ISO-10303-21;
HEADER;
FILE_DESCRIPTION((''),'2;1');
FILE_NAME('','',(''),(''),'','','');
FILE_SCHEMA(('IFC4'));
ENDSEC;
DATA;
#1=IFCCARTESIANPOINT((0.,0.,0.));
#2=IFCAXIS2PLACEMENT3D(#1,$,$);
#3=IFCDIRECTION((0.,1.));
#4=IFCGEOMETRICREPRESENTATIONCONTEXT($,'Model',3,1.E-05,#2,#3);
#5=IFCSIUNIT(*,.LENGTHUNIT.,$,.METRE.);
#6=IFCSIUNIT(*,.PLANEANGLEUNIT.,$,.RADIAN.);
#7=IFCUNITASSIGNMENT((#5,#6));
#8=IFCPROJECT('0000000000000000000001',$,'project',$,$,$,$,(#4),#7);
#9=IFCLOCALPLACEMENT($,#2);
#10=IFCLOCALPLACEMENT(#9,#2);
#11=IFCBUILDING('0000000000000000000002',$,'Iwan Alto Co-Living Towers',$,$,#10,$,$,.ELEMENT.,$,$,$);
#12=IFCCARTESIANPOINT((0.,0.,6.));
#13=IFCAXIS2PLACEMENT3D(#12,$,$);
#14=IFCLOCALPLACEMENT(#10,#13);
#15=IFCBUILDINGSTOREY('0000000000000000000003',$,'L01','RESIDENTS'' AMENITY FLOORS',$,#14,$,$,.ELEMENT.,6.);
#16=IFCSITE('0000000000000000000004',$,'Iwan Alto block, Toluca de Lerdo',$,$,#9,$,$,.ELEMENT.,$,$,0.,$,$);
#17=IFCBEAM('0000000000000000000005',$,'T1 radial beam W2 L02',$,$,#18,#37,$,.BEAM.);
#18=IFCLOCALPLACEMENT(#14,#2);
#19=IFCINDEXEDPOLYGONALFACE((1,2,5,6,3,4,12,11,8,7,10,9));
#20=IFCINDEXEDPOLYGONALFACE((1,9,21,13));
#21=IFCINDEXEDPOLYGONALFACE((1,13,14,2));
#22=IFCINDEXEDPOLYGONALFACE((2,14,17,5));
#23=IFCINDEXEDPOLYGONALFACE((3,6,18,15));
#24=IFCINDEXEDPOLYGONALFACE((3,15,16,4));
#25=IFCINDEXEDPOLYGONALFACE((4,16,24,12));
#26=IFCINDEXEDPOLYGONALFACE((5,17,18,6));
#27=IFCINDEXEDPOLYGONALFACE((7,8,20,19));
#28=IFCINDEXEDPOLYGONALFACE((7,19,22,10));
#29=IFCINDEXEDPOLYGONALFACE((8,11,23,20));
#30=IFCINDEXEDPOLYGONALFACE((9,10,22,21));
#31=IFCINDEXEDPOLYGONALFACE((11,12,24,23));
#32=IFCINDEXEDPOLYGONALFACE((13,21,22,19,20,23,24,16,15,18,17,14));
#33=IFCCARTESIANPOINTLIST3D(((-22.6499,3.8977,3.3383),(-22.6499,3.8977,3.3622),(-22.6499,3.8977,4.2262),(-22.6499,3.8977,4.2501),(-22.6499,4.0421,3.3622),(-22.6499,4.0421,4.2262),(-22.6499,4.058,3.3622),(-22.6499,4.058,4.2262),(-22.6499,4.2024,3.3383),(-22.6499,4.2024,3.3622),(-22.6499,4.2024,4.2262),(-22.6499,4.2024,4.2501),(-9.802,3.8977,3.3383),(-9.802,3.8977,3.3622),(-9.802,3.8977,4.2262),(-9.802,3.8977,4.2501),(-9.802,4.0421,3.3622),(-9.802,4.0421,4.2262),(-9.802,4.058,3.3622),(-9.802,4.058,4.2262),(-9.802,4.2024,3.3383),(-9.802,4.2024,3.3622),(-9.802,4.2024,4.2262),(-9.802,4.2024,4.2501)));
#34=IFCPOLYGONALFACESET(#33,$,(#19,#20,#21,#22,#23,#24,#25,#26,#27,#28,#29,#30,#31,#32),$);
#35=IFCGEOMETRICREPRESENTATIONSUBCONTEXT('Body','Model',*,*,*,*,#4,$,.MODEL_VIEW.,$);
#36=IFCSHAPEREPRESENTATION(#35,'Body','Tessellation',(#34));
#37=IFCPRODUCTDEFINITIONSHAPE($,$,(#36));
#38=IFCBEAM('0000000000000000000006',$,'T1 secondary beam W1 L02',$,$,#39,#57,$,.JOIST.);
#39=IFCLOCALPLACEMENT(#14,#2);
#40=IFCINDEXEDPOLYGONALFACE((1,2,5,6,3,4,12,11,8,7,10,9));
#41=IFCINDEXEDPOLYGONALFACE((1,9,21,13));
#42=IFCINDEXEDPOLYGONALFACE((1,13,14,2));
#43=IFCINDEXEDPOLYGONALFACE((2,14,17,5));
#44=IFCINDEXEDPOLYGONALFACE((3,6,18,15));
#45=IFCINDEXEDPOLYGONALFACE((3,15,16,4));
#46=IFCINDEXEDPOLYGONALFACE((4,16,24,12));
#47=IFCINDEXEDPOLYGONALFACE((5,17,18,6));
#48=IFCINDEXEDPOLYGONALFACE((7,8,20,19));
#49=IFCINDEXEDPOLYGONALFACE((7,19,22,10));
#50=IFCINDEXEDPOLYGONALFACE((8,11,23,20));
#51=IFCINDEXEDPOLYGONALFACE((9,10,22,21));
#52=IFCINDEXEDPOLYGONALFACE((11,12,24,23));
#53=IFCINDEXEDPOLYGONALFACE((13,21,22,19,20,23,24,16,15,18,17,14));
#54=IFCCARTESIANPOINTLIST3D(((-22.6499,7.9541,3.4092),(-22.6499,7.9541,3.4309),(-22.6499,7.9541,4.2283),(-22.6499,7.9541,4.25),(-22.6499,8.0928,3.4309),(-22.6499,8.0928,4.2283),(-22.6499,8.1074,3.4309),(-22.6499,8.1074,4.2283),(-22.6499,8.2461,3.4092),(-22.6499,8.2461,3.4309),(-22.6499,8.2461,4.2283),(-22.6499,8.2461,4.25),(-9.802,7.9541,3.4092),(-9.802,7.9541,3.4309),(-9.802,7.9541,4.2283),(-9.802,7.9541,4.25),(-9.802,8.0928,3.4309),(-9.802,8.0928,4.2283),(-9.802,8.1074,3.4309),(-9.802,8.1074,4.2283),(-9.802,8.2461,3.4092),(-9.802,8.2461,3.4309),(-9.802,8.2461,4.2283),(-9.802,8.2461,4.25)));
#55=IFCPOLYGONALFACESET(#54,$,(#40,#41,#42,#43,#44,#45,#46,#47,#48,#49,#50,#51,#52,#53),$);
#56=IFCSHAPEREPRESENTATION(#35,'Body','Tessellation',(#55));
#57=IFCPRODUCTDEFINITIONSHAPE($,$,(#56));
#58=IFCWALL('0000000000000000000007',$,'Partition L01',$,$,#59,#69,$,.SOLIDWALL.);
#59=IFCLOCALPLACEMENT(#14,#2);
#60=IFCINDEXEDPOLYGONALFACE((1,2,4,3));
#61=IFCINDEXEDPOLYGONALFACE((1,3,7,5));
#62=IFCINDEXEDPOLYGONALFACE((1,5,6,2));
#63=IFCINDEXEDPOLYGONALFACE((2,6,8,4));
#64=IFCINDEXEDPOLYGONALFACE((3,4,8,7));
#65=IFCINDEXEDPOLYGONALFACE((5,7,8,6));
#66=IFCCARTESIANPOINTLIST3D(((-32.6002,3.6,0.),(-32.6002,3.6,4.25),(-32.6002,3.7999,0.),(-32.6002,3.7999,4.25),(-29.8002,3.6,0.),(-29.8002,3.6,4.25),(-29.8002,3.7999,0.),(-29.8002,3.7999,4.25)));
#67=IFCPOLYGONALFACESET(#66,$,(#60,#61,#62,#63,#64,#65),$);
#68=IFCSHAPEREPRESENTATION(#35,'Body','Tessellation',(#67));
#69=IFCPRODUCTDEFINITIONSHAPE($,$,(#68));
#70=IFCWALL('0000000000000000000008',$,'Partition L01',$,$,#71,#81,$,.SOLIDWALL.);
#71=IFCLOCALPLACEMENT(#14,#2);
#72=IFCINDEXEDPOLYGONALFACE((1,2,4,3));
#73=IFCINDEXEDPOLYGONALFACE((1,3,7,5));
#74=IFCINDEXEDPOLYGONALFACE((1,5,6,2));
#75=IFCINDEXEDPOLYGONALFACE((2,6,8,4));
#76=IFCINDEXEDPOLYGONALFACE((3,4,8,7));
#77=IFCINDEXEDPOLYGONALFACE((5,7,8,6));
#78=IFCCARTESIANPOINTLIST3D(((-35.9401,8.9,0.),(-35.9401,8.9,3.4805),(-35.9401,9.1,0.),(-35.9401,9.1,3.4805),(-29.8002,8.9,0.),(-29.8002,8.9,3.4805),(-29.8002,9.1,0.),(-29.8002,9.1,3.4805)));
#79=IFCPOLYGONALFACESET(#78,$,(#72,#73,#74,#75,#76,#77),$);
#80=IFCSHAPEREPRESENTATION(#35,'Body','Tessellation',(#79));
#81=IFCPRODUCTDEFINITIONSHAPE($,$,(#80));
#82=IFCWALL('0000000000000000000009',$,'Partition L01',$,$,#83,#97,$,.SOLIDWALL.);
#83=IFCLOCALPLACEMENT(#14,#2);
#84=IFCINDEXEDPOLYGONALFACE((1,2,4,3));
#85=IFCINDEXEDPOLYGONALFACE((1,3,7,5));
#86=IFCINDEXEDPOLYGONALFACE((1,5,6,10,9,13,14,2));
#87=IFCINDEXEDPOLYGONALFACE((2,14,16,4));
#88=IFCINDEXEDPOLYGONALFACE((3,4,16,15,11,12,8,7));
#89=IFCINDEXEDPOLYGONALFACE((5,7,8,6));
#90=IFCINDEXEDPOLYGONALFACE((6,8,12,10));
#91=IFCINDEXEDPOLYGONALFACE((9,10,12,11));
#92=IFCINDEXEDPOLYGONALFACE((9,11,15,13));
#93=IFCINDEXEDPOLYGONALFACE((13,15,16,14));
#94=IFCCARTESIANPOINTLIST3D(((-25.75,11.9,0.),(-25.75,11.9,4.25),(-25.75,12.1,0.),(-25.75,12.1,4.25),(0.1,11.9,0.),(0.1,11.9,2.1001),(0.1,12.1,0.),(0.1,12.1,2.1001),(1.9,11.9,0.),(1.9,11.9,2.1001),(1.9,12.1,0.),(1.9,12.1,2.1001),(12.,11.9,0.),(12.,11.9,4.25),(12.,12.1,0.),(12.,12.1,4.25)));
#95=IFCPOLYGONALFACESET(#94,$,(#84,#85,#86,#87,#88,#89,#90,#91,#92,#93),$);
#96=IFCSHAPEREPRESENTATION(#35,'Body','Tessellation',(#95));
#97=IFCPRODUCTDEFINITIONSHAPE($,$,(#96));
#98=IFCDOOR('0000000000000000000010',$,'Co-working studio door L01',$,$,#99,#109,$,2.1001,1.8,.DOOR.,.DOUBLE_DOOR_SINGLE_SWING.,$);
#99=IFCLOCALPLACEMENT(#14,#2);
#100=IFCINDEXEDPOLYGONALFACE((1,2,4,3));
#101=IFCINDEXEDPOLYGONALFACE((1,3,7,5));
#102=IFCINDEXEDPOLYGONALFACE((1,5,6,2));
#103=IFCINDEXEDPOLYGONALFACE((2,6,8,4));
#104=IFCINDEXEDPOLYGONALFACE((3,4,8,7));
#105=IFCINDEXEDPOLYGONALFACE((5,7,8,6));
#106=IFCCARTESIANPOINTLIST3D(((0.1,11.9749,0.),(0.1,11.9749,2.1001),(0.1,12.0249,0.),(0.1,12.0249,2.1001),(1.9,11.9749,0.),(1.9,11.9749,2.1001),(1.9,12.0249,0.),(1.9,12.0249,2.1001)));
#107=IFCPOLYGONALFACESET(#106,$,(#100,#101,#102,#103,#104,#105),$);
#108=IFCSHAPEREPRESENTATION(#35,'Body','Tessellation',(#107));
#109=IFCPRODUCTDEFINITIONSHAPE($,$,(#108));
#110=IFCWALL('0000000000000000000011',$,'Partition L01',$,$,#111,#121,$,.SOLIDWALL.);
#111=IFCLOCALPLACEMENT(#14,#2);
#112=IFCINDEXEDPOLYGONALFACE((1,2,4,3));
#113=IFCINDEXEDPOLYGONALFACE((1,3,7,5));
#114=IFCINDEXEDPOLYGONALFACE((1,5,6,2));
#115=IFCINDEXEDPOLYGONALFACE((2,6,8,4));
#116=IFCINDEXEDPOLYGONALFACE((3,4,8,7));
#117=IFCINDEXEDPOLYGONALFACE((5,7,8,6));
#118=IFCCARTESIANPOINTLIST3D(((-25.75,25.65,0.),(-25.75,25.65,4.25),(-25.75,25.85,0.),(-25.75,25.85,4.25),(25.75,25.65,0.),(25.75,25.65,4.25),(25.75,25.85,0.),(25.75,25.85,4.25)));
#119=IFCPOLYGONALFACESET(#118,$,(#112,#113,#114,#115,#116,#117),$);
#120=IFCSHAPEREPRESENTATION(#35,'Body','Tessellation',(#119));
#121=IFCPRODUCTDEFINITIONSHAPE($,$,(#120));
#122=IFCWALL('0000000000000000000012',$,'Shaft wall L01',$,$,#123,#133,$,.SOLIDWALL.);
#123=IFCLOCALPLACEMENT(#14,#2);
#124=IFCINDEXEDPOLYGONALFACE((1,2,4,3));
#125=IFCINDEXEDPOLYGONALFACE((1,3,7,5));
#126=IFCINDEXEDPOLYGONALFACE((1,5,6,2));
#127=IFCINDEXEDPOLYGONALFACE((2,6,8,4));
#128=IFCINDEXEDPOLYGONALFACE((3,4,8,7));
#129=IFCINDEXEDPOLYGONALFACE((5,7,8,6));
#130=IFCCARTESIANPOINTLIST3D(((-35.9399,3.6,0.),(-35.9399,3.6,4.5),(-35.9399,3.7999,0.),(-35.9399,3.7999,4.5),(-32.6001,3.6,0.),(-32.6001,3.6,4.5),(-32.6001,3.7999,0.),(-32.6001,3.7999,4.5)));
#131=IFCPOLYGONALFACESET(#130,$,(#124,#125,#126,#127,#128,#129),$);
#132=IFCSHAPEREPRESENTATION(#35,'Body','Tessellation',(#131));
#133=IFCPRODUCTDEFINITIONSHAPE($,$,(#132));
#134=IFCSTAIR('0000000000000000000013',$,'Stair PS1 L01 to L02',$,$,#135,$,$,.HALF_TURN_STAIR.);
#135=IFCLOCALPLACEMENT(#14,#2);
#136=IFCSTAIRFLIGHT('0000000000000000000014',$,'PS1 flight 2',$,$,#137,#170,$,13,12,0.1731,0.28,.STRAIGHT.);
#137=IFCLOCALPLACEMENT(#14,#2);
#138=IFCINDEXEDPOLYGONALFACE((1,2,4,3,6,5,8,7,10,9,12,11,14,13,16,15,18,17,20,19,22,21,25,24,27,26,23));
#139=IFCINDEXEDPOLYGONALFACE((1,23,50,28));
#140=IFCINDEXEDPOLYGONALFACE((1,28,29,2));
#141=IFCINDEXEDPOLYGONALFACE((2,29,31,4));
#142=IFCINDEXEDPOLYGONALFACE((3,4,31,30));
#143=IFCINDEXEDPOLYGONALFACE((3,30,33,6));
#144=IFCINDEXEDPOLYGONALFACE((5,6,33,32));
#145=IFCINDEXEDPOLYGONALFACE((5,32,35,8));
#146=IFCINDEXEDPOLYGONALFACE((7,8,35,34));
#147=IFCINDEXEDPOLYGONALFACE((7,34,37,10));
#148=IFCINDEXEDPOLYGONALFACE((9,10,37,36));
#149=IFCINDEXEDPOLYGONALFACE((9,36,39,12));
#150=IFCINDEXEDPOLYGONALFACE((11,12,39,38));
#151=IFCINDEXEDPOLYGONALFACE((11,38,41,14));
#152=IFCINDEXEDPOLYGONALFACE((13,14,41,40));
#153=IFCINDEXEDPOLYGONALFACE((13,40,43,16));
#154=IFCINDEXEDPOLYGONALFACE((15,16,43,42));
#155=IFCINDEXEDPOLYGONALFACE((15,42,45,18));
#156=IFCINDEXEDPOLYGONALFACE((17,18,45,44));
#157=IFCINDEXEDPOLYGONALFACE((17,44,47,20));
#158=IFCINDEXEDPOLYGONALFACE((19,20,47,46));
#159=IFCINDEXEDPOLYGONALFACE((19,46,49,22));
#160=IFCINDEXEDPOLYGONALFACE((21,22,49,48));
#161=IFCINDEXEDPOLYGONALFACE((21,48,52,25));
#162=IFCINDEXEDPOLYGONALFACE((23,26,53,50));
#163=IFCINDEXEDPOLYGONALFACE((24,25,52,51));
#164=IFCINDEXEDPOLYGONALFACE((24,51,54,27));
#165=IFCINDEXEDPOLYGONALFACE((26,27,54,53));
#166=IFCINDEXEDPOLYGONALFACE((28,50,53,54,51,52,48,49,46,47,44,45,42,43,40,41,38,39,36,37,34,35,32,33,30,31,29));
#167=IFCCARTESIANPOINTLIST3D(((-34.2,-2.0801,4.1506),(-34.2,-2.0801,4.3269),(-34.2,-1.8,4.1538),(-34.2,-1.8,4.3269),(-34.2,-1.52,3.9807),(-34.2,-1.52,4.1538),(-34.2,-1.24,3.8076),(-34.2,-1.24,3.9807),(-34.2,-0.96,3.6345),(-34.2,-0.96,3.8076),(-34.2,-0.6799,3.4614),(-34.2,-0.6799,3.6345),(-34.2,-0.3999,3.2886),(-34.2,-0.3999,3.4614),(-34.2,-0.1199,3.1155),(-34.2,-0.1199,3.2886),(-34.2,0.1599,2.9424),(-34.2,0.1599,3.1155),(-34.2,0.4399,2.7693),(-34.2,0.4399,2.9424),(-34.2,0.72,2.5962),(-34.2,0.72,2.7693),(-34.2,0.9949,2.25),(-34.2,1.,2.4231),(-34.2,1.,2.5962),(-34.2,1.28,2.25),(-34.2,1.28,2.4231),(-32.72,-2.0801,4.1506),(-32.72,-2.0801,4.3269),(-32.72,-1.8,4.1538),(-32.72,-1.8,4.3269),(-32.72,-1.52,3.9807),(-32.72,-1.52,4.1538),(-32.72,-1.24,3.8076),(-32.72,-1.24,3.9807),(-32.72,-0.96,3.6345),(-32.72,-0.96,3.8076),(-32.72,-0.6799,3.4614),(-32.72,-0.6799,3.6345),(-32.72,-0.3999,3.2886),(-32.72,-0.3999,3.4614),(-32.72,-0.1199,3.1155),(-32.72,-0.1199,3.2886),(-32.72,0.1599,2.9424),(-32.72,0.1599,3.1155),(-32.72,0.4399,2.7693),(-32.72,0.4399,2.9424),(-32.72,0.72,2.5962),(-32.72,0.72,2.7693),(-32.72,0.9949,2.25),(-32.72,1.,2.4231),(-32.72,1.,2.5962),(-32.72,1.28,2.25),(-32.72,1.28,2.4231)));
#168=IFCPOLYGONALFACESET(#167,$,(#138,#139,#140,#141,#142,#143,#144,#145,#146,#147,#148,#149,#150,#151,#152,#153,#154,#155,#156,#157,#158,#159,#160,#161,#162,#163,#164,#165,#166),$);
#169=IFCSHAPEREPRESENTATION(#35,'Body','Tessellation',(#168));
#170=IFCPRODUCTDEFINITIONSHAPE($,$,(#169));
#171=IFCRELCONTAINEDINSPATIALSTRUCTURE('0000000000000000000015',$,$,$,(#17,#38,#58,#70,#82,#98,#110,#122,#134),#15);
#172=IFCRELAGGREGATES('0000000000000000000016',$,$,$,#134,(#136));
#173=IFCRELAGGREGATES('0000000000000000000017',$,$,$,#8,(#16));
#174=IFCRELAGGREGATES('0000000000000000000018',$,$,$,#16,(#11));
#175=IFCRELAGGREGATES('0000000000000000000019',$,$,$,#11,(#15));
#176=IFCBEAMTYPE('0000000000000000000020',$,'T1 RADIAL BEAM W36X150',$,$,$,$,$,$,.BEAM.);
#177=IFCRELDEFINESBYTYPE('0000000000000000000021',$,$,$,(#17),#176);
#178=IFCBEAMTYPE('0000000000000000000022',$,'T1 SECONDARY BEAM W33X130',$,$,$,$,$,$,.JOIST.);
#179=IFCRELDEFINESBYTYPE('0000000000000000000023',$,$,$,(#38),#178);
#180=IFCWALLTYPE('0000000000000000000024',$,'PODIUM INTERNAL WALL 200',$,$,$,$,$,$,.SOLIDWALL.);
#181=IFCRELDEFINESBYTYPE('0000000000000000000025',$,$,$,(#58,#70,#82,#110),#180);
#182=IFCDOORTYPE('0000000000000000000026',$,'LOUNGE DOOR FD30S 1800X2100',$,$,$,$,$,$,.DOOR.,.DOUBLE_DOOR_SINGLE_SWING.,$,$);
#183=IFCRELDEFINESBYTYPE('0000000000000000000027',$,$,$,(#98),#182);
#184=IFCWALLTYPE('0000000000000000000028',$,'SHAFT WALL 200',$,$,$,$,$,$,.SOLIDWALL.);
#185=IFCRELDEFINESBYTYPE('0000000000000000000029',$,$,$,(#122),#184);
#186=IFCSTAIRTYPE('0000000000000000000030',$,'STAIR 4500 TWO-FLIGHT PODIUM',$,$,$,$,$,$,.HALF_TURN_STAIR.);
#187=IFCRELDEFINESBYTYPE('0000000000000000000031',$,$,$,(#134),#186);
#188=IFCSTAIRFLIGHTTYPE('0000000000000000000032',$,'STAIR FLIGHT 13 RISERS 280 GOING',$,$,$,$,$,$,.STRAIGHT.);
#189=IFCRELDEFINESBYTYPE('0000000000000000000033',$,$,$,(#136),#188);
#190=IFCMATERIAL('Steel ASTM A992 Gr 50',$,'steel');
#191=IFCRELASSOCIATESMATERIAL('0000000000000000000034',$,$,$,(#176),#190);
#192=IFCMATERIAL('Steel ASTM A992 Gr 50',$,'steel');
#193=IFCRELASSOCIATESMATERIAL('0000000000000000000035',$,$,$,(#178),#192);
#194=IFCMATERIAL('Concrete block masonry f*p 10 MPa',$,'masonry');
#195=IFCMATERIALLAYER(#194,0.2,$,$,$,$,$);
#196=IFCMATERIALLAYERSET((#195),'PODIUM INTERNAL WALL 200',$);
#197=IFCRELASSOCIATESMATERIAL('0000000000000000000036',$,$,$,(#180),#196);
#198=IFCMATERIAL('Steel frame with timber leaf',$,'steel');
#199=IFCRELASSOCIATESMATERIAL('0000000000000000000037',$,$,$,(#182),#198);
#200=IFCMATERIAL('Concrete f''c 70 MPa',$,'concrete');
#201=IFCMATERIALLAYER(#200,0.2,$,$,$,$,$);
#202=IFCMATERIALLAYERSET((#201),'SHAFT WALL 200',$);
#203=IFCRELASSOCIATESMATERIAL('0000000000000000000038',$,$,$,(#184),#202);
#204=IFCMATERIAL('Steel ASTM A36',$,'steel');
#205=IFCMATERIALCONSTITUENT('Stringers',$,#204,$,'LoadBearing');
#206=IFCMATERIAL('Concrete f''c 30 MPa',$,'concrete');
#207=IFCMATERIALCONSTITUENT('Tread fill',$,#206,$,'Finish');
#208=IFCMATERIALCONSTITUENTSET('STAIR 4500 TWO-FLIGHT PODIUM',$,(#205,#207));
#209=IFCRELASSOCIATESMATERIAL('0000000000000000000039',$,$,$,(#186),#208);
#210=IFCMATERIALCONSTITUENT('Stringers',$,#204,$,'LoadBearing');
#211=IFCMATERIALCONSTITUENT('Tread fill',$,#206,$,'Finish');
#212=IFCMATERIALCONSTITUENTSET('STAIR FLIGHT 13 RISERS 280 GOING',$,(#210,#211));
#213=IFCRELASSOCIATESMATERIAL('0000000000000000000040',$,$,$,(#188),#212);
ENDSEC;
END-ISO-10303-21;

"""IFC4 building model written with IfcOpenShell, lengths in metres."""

from ifc_helpers import new_model, si_unit, direction, frame, frame_2d, origin, origin_2d, place, context, subcontext, project, spatial, polyline, rectangle, i_section, outline, extrude, material, layer, layer_set, constituent, constituent_set, material_profile, profile_set, type_object, element, fill, aggregate, save


model = new_model("IFC4")

# Units and contexts
model_context = context("Model", 3, precision=1e-05, world=origin(), true_north=direction((0.0, 1.0)))
body_context = subcontext(model_context, "Body", "Model", "MODEL_VIEW")
ifc_project = project(units=[si_unit("LENGTHUNIT", "METRE"), si_unit("PLANEANGLEUNIT", "RADIAN")], contexts=[model_context])

# Site, building, storey
site_placement = place(None, origin())
site = spatial("IfcSite", under=ifc_project, at=site_placement, Name="Iwan Alto block, Toluca de Lerdo", CompositionType="ELEMENT", RefElevation=0.0)
building_placement = place(site_placement, origin())
building = spatial("IfcBuilding", under=site, at=building_placement, Name="Iwan Alto Co-Living Towers", CompositionType="ELEMENT")
storey_placement = place(building_placement, frame((0.0, 0.0, 6.0)))
storey = spatial("IfcBuildingStorey", under=building, at=storey_placement, Name="L01", Description="RESIDENTS' AMENITY FLOORS", CompositionType="ELEMENT", Elevation=6.0)

# Beams
ifc_material_1 = material(Name="Steel ASTM A992 Gr 50", Category="steel")
ifc_material_profile_1 = material_profile(ifc_material_1, i_section(OverallWidth=0.3047, OverallDepth=0.9119, WebThickness=0.0159, FlangeThickness=0.0239, at=origin_2d()), Name="W36X150")
ifc_profile_set_1 = profile_set([ifc_material_profile_1], Name="Steel ASTM A992 Gr 50")
beam_type_1 = type_object("IfcBeamType", Name="T1 RADIAL BEAM W36X150", PredefinedType="BEAM", material=ifc_profile_set_1)
beam_1_placement = place(storey_placement, frame((-22.6499, 4.05, 3.7942), z_axis=(1.0, 0.0, 0.0), x_axis=(0.0, 1.0, 0.0)))
element("IfcBeam", 1, at=beam_1_placement, inside=storey, type_object=beam_type_1, Name="T1 radial beam W2 L02", PredefinedType="BEAM", context=body_context, shape_type="SweptSolid", body=[
    extrude(i_section(OverallWidth=0.3047, OverallDepth=0.9119, WebThickness=0.0159, FlangeThickness=0.0239, at=origin_2d()), origin(), (0.0, 0.0, 1.0), 12.8479),
])
ifc_material_2 = material(Name="Steel ASTM A992 Gr 50", Category="steel")
ifc_material_profile_2 = material_profile(ifc_material_2, i_section(OverallWidth=0.292, OverallDepth=0.8408, WebThickness=0.0146, FlangeThickness=0.0217, at=origin_2d()), Name="W33X130")
ifc_profile_set_2 = profile_set([ifc_material_profile_2], Name="Steel ASTM A992 Gr 50")
beam_type_2 = type_object("IfcBeamType", Name="T1 SECONDARY BEAM W33X130", PredefinedType="JOIST", material=ifc_profile_set_2)
beam_2_placement = place(storey_placement, frame((-22.6499, 8.1001, 3.8296), z_axis=(1.0, 0.0, 0.0), x_axis=(0.0, 1.0, 0.0)))
element("IfcBeam", 2, at=beam_2_placement, inside=storey, type_object=beam_type_2, Name="T1 secondary beam W1 L02", PredefinedType="JOIST", context=body_context, shape_type="SweptSolid", body=[
    extrude(i_section(OverallWidth=0.292, OverallDepth=0.8408, WebThickness=0.0146, FlangeThickness=0.0217, at=origin_2d()), origin(), (0.0, 0.0, 1.0), 12.8479),
])

# Walls
ifc_material_3 = material(Name="Concrete block masonry f*p 10 MPa", Category="masonry")
ifc_layer_1 = layer(ifc_material_3, 0.2)
ifc_layer_set_1 = layer_set([ifc_layer_1], Name="PODIUM INTERNAL WALL 200")
wall_type_1 = type_object("IfcWallType", Name="PODIUM INTERNAL WALL 200", PredefinedType="SOLIDWALL", material=ifc_layer_set_1)
wall_1_placement = place(storey_placement, frame((-32.6001, 3.7, 0.0), z_axis=(0.0, 0.0, 1.0), x_axis=(1.0, 0.0, 0.0)))
element("IfcWall", 3, at=wall_1_placement, inside=storey, type_object=wall_type_1, Name="Partition L01", PredefinedType="SOLIDWALL", context=body_context, shape_type="SweptSolid", body=[
    extrude(rectangle(XDim=2.8, YDim=0.2, at=frame_2d((1.3999, 0.0))), origin(), (0.0, 0.0, 1.0), 4.25),
])
wall_2_placement = place(storey_placement, frame((-35.9399, 9.0, 0.0), z_axis=(0.0, 0.0, 1.0), x_axis=(1.0, 0.0, 0.0)))
element("IfcWall", 4, at=wall_2_placement, inside=storey, type_object=wall_type_1, Name="Partition L01", PredefinedType="SOLIDWALL", context=body_context, shape_type="SweptSolid", body=[
    extrude(rectangle(XDim=6.1399, YDim=0.2, at=frame_2d((3.0698, 0.0))), origin(), (0.0, 0.0, 1.0), 3.4805),
])

# Wall, opening, door
wall_3_placement = place(storey_placement, frame((-25.75, 12.0, 0.0), z_axis=(0.0, 0.0, 1.0), x_axis=(1.0, 0.0, 0.0)))
wall_3 = element("IfcWall", 5, at=wall_3_placement, inside=storey, type_object=wall_type_1, Name="Partition L01", PredefinedType="SOLIDWALL", context=body_context, shape_type="SweptSolid", body=[
    extrude(rectangle(XDim=37.75, YDim=0.2, at=frame_2d((18.875, 0.0))), origin(), (0.0, 0.0, 1.0), 4.25),
])
opening_placement = place(wall_3_placement, frame((25.8501, 0.0, 0.0)))
opening = element("IfcOpeningElement", 6, at=opening_placement, cuts=wall_3, PredefinedType="OPENING", context=body_context, shape_type="SweptSolid", body=[
    extrude(rectangle(XDim=1.8, YDim=2.1001, at=frame_2d((0.8999, 1.05))), frame((0.0, 0.1099, 0.0), z_axis=(0.0, -1.0, 0.0), x_axis=(1.0, 0.0, 0.0)), (0.0, 0.0, 1.0), 0.22),
])
ifc_material_4 = material(Name="Steel frame with timber leaf", Category="steel")
door_type = type_object("IfcDoorType", Name="LOUNGE DOOR FD30S 1800X2100", OperationType="DOUBLE_DOOR_SINGLE_SWING", PredefinedType="DOOR", material=ifc_material_4)
door_placement = place(opening_placement, origin())
door = element("IfcDoor", 7, at=door_placement, inside=storey, type_object=door_type, Name="Co-working studio door L01", OperationType="DOUBLE_DOOR_SINGLE_SWING", OverallHeight=2.1001, OverallWidth=1.8, PredefinedType="DOOR", context=body_context, shape_type="SweptSolid", body=[
    extrude(rectangle(XDim=1.8, YDim=2.1001, at=frame_2d((0.8999, 1.05))), frame((0.0, 0.0249, 0.0), z_axis=(0.0, -1.0, 0.0), x_axis=(1.0, 0.0, 0.0)), (0.0, 0.0, 1.0), 0.05),
])
fill(opening, door)

# Walls
wall_4_placement = place(storey_placement, frame((-25.75, 25.75, 0.0), z_axis=(0.0, 0.0, 1.0), x_axis=(1.0, 0.0, 0.0)))
element("IfcWall", 8, at=wall_4_placement, inside=storey, type_object=wall_type_1, Name="Partition L01", PredefinedType="SOLIDWALL", context=body_context, shape_type="SweptSolid", body=[
    extrude(rectangle(XDim=51.5, YDim=0.2, at=frame_2d((25.75, 0.0))), origin(), (0.0, 0.0, 1.0), 4.25),
])
ifc_material_5 = material(Name="Concrete f'c 70 MPa", Category="concrete")
ifc_layer_2 = layer(ifc_material_5, 0.2)
ifc_layer_set_2 = layer_set([ifc_layer_2], Name="SHAFT WALL 200")
wall_type_2 = type_object("IfcWallType", Name="SHAFT WALL 200", PredefinedType="SOLIDWALL", material=ifc_layer_set_2)
wall_5_placement = place(storey_placement, frame((-35.9399, 3.7, 0.0), z_axis=(0.0, 0.0, 1.0), x_axis=(1.0, 0.0, 0.0)))
element("IfcWall", 9, at=wall_5_placement, inside=storey, type_object=wall_type_2, Name="Shaft wall L01", PredefinedType="SOLIDWALL", context=body_context, shape_type="SweptSolid", body=[
    extrude(rectangle(XDim=3.3398, YDim=0.2, at=frame_2d((1.6699, 0.0))), origin(), (0.0, 0.0, 1.0), 4.5),
])

# Stair, stair flight
ifc_material_6 = material(Name="Steel ASTM A36", Category="steel")
ifc_constituent_1 = constituent(ifc_material_6, Name="Stringers", Category="LoadBearing")
ifc_material_7 = material(Name="Concrete f'c 30 MPa", Category="concrete")
ifc_constituent_2 = constituent(ifc_material_7, Name="Tread fill", Category="Finish")
ifc_constituent_set_1 = constituent_set(constituents=[ifc_constituent_1, ifc_constituent_2], Name="STAIR 4500 TWO-FLIGHT PODIUM")
stair_type = type_object("IfcStairType", Name="STAIR 4500 TWO-FLIGHT PODIUM", PredefinedType="HALF_TURN_STAIR", material=ifc_constituent_set_1)
stair_placement = place(storey_placement, origin())
stair = element("IfcStair", 10, at=stair_placement, inside=storey, type_object=stair_type, Name="Stair PS1 L01 to L02", PredefinedType="HALF_TURN_STAIR")
ifc_constituent_3 = constituent(ifc_material_6, Name="Stringers", Category="LoadBearing")
ifc_constituent_4 = constituent(ifc_material_7, Name="Tread fill", Category="Finish")
ifc_constituent_set_2 = constituent_set(constituents=[ifc_constituent_3, ifc_constituent_4], Name="STAIR FLIGHT 13 RISERS 280 GOING")
stair_flight_type = type_object("IfcStairFlightType", Name="STAIR FLIGHT 13 RISERS 280 GOING", PredefinedType="STRAIGHT", material=ifc_constituent_set_2)
stair_flight_placement = place(storey_placement, frame((-33.46, 1.28, 2.25), z_axis=(0.0, 0.0, 1.0), x_axis=(0.0, -1.0, 0.0)))
stair_flight = element("IfcStairFlight", 11, at=stair_flight_placement, type_object=stair_flight_type, Name="PS1 flight 2", NumberOfRisers=13, NumberOfTreads=12, PredefinedType="STRAIGHT", RiserHeight=0.1731, TreadLength=0.28, context=body_context, shape_type="SweptSolid", body=[
    extrude(outline(polyline([(0.0, 0.0), (0.0, 0.1731), (0.28, 0.1731), (0.28, 0.3462), (0.5601, 0.3462), (0.5601, 0.5193), (0.8401, 0.5193), (0.8401, 0.6924), (1.1201, 0.6924), (1.1201, 0.8655), (1.3999, 0.8655), (1.3999, 1.0386), (1.6799, 1.0386), (1.6799, 1.2114), (1.96, 1.2114), (1.96, 1.3845), (2.24, 1.3845), (2.24, 1.5576), (2.52, 1.5576), (2.52, 1.7307), (2.8, 1.7307), (2.8, 1.9038), (3.0801, 1.9038), (3.0801, 2.0769), (3.3601, 2.0769), (3.3601, 2.25), (3.3601, 1.9006), (0.2852, 0.0), (0.0, 0.0)])), frame((0.0, 0.74, 0.0), z_axis=(0.0, -1.0, 0.0), x_axis=(1.0, 0.0, 0.0)), (0.0, 0.0, 1.0), 1.48),
])
aggregate(stair, [stair_flight])

save(model, "model.ifc")
